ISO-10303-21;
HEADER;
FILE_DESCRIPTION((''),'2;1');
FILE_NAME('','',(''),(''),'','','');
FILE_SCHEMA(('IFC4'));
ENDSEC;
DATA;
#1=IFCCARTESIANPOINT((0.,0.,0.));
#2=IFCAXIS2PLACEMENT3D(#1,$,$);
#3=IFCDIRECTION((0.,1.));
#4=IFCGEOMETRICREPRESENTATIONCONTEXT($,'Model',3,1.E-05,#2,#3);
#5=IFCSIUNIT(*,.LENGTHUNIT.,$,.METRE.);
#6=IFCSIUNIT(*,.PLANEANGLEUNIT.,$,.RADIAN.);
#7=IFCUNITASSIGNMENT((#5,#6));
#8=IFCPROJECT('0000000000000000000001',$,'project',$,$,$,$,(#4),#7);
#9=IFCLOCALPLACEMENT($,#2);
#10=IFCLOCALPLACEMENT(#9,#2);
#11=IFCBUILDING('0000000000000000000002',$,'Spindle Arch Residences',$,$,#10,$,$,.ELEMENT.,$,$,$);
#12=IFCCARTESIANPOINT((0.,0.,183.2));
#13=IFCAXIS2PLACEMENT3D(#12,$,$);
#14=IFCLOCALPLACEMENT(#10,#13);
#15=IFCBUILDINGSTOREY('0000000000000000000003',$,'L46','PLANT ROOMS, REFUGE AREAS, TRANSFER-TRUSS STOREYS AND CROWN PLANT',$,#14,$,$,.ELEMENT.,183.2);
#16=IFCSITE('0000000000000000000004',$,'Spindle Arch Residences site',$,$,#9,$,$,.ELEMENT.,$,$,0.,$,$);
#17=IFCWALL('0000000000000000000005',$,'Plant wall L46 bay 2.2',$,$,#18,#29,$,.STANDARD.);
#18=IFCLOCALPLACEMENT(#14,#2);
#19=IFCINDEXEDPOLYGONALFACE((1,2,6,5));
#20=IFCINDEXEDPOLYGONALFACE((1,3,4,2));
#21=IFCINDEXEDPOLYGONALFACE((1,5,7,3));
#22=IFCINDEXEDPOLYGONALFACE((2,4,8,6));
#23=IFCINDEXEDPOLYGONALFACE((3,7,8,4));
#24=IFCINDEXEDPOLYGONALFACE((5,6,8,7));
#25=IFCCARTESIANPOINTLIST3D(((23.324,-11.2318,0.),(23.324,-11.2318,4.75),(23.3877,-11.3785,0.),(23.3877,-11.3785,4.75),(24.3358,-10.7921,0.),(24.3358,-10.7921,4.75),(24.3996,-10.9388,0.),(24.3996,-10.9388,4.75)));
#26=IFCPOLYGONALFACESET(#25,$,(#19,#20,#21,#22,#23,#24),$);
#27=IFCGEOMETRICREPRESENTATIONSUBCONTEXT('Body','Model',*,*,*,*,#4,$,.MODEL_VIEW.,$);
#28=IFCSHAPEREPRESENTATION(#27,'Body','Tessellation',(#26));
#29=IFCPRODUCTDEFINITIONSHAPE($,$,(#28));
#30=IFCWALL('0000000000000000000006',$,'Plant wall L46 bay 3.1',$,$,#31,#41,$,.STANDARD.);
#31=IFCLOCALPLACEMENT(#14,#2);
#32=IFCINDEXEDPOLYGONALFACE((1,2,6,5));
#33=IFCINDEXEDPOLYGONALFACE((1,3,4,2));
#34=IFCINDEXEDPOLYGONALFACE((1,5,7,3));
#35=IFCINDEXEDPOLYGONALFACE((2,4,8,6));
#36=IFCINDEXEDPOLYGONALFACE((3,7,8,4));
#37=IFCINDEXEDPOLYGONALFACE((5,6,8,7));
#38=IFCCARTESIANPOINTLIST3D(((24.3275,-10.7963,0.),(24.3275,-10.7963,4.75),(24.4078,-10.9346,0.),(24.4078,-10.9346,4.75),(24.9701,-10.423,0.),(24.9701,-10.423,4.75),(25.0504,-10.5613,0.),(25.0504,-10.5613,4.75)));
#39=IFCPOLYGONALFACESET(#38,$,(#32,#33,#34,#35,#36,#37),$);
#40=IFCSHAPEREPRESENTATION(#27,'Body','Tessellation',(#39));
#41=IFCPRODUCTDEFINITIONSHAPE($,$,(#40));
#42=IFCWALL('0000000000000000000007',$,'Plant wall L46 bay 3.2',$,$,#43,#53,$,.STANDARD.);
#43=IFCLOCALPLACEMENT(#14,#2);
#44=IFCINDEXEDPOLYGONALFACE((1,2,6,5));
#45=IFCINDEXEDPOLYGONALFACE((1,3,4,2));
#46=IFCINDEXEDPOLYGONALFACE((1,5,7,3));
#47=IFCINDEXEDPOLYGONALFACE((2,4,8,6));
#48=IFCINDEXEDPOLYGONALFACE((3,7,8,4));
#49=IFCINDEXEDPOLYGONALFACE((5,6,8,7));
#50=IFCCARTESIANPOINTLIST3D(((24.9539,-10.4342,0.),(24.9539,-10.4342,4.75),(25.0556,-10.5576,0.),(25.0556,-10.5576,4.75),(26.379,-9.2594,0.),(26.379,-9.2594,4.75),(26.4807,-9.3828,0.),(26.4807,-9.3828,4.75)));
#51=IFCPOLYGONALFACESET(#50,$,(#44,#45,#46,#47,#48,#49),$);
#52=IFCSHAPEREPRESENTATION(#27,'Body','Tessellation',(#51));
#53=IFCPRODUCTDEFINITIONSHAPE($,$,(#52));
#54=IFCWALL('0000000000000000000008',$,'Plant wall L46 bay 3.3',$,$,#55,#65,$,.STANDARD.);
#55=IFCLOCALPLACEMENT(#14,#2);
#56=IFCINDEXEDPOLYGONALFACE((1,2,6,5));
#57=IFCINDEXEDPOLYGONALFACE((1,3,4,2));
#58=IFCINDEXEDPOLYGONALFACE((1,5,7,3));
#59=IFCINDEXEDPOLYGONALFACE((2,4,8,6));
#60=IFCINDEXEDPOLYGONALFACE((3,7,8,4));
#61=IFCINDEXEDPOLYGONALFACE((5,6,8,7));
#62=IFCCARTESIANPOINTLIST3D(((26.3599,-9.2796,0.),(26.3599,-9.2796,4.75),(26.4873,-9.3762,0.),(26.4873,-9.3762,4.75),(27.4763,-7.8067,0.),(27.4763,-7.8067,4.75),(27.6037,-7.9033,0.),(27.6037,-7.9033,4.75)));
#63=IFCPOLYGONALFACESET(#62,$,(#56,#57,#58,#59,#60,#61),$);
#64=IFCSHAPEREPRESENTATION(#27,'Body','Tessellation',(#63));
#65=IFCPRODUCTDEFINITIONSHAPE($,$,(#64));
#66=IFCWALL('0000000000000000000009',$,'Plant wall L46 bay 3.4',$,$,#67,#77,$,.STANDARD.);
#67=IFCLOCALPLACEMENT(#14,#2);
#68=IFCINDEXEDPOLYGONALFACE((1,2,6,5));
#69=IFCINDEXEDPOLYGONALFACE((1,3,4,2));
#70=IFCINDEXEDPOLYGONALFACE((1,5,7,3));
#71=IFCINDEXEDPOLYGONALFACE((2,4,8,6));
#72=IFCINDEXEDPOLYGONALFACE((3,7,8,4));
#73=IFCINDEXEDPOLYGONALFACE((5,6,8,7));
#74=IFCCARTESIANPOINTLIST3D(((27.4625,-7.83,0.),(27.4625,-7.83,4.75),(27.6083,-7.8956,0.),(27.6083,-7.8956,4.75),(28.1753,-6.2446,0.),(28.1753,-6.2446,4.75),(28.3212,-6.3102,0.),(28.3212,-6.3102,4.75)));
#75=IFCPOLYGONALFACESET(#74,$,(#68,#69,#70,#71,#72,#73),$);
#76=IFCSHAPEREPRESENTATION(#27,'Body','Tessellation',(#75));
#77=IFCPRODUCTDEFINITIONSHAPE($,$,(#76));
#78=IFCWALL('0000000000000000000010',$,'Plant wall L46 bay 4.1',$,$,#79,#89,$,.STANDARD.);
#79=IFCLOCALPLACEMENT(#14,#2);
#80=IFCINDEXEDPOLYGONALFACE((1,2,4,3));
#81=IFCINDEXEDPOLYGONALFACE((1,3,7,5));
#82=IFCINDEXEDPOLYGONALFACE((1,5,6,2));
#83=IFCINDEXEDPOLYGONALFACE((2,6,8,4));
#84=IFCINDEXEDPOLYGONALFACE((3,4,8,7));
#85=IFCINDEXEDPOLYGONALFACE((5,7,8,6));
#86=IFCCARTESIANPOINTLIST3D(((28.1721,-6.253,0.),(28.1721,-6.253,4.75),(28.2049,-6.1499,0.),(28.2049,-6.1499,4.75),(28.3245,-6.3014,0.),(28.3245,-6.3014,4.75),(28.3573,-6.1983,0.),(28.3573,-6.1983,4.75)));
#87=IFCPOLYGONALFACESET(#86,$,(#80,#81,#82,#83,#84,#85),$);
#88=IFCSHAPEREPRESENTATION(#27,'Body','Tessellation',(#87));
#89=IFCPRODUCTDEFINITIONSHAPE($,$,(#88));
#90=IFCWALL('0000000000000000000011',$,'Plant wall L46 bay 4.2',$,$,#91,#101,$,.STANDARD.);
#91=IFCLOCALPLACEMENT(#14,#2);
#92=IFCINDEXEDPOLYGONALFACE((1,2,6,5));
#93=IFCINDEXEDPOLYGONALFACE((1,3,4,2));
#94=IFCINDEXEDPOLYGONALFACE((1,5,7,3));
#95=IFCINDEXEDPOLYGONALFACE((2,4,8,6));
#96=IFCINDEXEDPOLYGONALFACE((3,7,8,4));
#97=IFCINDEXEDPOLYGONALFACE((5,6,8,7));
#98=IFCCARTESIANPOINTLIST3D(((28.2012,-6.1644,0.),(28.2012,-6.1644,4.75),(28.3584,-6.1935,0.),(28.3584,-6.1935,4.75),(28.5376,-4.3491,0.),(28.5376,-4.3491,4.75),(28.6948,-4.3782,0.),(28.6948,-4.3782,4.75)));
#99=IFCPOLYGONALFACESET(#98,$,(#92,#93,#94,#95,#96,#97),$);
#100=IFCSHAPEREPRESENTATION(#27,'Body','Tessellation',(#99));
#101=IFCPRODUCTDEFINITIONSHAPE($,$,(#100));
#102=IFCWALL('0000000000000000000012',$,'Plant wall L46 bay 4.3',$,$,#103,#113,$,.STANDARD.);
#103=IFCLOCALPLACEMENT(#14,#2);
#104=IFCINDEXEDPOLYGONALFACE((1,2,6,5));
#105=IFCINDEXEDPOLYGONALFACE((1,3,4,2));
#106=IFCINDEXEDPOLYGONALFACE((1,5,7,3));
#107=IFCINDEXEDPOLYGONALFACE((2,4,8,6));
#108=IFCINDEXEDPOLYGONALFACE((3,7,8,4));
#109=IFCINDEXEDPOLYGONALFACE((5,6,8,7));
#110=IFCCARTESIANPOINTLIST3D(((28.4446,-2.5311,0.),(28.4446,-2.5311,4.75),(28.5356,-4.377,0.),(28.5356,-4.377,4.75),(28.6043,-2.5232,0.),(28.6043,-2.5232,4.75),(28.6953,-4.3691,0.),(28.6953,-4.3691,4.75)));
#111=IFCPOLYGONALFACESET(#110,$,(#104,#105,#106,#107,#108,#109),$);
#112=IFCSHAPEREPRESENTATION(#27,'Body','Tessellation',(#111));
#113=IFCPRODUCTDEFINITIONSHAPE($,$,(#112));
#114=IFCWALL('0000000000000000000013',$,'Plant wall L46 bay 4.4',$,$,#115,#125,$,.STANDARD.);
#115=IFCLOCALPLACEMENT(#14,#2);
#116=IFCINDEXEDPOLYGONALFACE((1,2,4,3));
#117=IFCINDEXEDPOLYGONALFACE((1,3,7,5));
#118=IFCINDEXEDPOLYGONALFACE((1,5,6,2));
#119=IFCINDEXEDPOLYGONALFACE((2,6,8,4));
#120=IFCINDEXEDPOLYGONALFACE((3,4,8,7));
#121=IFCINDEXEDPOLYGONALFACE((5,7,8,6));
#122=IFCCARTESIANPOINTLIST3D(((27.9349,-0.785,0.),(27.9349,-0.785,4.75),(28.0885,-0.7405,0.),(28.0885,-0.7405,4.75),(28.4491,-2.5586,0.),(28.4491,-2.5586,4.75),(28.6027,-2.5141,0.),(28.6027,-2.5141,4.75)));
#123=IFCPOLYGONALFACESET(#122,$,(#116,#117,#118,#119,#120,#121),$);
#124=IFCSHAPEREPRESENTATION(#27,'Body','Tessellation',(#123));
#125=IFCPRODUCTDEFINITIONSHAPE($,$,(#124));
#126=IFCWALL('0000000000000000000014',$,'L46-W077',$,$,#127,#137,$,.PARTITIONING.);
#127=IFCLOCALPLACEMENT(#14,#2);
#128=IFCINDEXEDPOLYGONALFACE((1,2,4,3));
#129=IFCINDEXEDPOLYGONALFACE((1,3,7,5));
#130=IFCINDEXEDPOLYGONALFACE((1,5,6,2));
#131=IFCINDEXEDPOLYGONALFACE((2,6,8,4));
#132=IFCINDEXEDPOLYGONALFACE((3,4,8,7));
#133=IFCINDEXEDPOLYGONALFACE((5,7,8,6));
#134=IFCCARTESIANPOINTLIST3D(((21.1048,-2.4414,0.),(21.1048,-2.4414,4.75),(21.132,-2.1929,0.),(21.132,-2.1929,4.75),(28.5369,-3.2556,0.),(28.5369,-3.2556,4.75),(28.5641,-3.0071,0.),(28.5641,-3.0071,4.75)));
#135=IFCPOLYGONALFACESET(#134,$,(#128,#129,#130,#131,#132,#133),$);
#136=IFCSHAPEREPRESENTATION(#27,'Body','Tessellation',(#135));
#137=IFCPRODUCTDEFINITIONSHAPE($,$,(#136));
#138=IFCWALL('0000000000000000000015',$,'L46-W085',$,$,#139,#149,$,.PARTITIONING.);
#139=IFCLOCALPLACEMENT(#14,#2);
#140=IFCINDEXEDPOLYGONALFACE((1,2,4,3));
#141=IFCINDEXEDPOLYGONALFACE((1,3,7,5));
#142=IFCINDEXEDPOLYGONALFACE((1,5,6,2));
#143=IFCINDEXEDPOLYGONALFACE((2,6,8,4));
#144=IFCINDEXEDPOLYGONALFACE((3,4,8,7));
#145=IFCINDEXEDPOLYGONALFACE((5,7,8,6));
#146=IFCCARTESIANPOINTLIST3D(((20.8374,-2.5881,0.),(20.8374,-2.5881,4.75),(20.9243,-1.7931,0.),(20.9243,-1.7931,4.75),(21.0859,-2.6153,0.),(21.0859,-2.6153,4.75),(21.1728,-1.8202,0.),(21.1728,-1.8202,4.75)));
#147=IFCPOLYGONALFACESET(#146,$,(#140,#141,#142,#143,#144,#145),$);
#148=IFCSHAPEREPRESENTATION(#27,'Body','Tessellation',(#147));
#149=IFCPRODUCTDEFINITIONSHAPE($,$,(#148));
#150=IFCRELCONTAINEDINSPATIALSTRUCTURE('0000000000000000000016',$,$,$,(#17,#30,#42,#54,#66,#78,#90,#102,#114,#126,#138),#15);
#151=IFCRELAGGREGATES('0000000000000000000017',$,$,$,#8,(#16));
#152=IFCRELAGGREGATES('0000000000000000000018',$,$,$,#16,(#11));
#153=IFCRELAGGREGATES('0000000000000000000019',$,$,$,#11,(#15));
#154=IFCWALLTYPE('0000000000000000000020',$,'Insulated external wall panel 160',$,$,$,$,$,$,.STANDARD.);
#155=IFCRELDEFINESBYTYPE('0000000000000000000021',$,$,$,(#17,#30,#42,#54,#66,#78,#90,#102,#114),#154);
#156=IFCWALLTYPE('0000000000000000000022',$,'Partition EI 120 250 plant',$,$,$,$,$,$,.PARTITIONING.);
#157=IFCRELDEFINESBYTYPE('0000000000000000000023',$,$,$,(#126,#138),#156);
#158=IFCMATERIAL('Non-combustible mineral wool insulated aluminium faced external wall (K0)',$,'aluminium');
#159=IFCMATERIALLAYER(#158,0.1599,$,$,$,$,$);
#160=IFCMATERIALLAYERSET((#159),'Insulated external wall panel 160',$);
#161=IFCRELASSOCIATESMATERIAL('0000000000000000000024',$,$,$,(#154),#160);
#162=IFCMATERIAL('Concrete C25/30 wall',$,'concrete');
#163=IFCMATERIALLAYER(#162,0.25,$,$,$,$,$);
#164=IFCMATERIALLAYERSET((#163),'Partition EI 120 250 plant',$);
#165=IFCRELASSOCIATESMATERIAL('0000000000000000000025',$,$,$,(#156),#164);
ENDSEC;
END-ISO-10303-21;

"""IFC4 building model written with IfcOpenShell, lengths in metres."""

from ifc_helpers import new_model, si_unit, direction, frame, frame_2d, origin, place, context, subcontext, project, spatial, rectangle, extrude, material, layer, layer_set, type_object, element, save


model = new_model("IFC4")

# Units and contexts
model_context = context("Model", 3, precision=1e-05, world=origin(), true_north=direction((0.0, 1.0)))
body_context = subcontext(model_context, "Body", "Model", "MODEL_VIEW")
ifc_project = project(units=[si_unit("LENGTHUNIT", "METRE"), si_unit("PLANEANGLEUNIT", "RADIAN")], contexts=[model_context])

# Site, building, storey
site_placement = place(None, origin())
site = spatial("IfcSite", under=ifc_project, at=site_placement, Name="Spindle Arch Residences site", CompositionType="ELEMENT", RefElevation=0.0)
building_placement = place(site_placement, origin())
building = spatial("IfcBuilding", under=site, at=building_placement, Name="Spindle Arch Residences", CompositionType="ELEMENT")
storey_placement = place(building_placement, frame((0.0, 0.0, 183.2)))
storey = spatial("IfcBuildingStorey", under=building, at=storey_placement, Name="L46", Description="PLANT ROOMS, REFUGE AREAS, TRANSFER-TRUSS STOREYS AND CROWN PLANT", CompositionType="ELEMENT", Elevation=183.2)

# Walls
ifc_material_1 = material(Name="Non-combustible mineral wool insulated aluminium faced external wall (K0)", Category="aluminium")
ifc_layer_1 = layer(ifc_material_1, 0.1599)
ifc_layer_set_1 = layer_set([ifc_layer_1], Name="Insulated external wall panel 160")
wall_type_1 = type_object("IfcWallType", Name="Insulated external wall panel 160", PredefinedType="STANDARD", material=ifc_layer_set_1)
wall_1_placement = place(storey_placement, frame((23.3557, -11.3052, 0.0), z_axis=(0.0, 0.0, 1.0), x_axis=(0.917165, 0.398508, 0.0)))
element("IfcWall", 1, at=wall_1_placement, inside=storey, type_object=wall_type_1, Name="Plant wall L46 bay 2.2", PredefinedType="STANDARD", context=body_context, shape_type="SweptSolid", body=[
    extrude(rectangle(XDim=1.1033, YDim=0.1599, at=frame_2d((0.5518, 0.0))), origin(), (0.0, 0.0, 1.0), 4.75),
])
wall_2_placement = place(storey_placement, frame((24.3677, -10.8655, 0.0), z_axis=(0.0, 0.0, 1.0), x_axis=(0.864683, 0.502318, 0.0)))
element("IfcWall", 2, at=wall_2_placement, inside=storey, type_object=wall_type_1, Name="Plant wall L46 bay 3.1", PredefinedType="STANDARD", context=body_context, shape_type="SweptSolid", body=[
    extrude(rectangle(XDim=0.7432, YDim=0.1599, at=frame_2d((0.3716, 0.0))), origin(), (0.0, 0.0, 1.0), 4.75),
])
wall_3_placement = place(storey_placement, frame((25.0049, -10.4958, 0.0), z_axis=(0.0, 0.0, 1.0), x_axis=(0.771602, 0.636106, 0.0)))
element("IfcWall", 3, at=wall_3_placement, inside=storey, type_object=wall_type_1, Name="Plant wall L46 bay 3.2", PredefinedType="STANDARD", context=body_context, shape_type="SweptSolid", body=[
    extrude(rectangle(XDim=1.8469, YDim=0.1599, at=frame_2d((0.9233, 0.0))), origin(), (0.0, 0.0, 1.0), 4.75),
])
wall_4_placement = place(storey_placement, frame((26.4236, -9.3279, 0.0), z_axis=(0.0, 0.0, 1.0), x_axis=(0.604071, 0.79693, 0.0)))
element("IfcWall", 4, at=wall_4_placement, inside=storey, type_object=wall_type_1, Name="Plant wall L46 bay 3.3", PredefinedType="STANDARD", context=body_context, shape_type="SweptSolid", body=[
    extrude(rectangle(XDim=1.8481, YDim=0.1599, at=frame_2d((0.9241, 0.0))), origin(), (0.0, 0.0, 1.0), 4.75),
])
wall_5_placement = place(storey_placement, frame((27.5354, -7.8628, 0.0), z_axis=(0.0, 0.0, 1.0), x_axis=(0.410096, 0.912042, 0.0)))
element("IfcWall", 5, at=wall_5_placement, inside=storey, type_object=wall_type_1, Name="Plant wall L46 bay 3.4", PredefinedType="STANDARD", context=body_context, shape_type="SweptSolid", body=[
    extrude(rectangle(XDim=1.7383, YDim=0.1599, at=frame_2d((0.8691, 0.0))), origin(), (0.0, 0.0, 1.0), 4.75),
])
wall_6_placement = place(storey_placement, frame((28.2483, -6.2773, 0.0), z_axis=(0.0, 0.0, 1.0), x_axis=(0.302644, 0.953104, 0.0)))
element("IfcWall", 6, at=wall_6_placement, inside=storey, type_object=wall_type_1, Name="Plant wall L46 bay 4.1", PredefinedType="STANDARD", context=body_context, shape_type="SweptSolid", body=[
    extrude(rectangle(XDim=0.1082, YDim=0.1599, at=frame_2d((0.0542, 0.0))), origin(), (0.0, 0.0, 1.0), 4.75),
])
wall_7_placement = place(storey_placement, frame((28.2798, -6.179, 0.0), z_axis=(0.0, 0.0, 1.0), x_axis=(0.182236, 0.983255, 0.0)))
element("IfcWall", 7, at=wall_7_placement, inside=storey, type_object=wall_type_1, Name="Plant wall L46 bay 4.2", PredefinedType="STANDARD", context=body_context, shape_type="SweptSolid", body=[
    extrude(rectangle(XDim=1.8462, YDim=0.1599, at=frame_2d((0.9231, 0.0))), origin(), (0.0, 0.0, 1.0), 4.75),
])
wall_8_placement = place(storey_placement, frame((28.6155, -4.373, 0.0), z_axis=(0.0, 0.0, 1.0), x_axis=(-0.049272, 0.998785, 0.0)))
element("IfcWall", 8, at=wall_8_placement, inside=storey, type_object=wall_type_1, Name="Plant wall L46 bay 4.3", PredefinedType="STANDARD", context=body_context, shape_type="SweptSolid", body=[
    extrude(rectangle(XDim=1.8481, YDim=0.1599, at=frame_2d((0.9241, 0.0))), origin(), (0.0, 0.0, 1.0), 4.75),
])
wall_9_placement = place(storey_placement, frame((28.5259, -2.5364, 0.0), z_axis=(0.0, 0.0, 1.0), x_axis=(-0.278421, 0.960459, 0.0)))
element("IfcWall", 9, at=wall_9_placement, inside=storey, type_object=wall_type_1, Name="Plant wall L46 bay 4.4", PredefinedType="STANDARD", context=body_context, shape_type="SweptSolid", body=[
    extrude(rectangle(XDim=1.8467, YDim=0.1599, at=frame_2d((0.9233, 0.0))), origin(), (0.0, 0.0, 1.0), 4.75),
])
ifc_material_2 = material(Name="Concrete C25/30 wall", Category="concrete")
ifc_layer_2 = layer(ifc_material_2, 0.25)
ifc_layer_set_2 = layer_set([ifc_layer_2], Name="Partition EI 120 250 plant")
wall_type_2 = type_object("IfcWallType", Name="Partition EI 120 250 plant", PredefinedType="PARTITIONING", material=ifc_layer_set_2)
wall_10_placement = place(storey_placement, frame((21.1184, -2.3171, 0.0), z_axis=(0.0, 0.0, 1.0), x_axis=(0.994053, -0.108901, 0.0)))
element("IfcWall", 10, at=wall_10_placement, inside=storey, type_object=wall_type_2, Name="L46-W077", PredefinedType="PARTITIONING", context=body_context, shape_type="SweptSolid", body=[
    extrude(rectangle(XDim=7.4766, YDim=0.25, at=frame_2d((3.7383, 0.0))), origin(), (0.0, 0.0, 1.0), 4.75),
])
wall_11_placement = place(storey_placement, frame((21.0486, -1.8066, 0.0), z_axis=(0.0, 0.0, 1.0), x_axis=(-0.108656, -0.994079, 0.0)))
element("IfcWall", 11, at=wall_11_placement, inside=storey, type_object=wall_type_2, Name="L46-W085", PredefinedType="PARTITIONING", context=body_context, shape_type="SweptSolid", body=[
    extrude(rectangle(XDim=0.7998, YDim=0.25, at=frame_2d((0.3999, 0.0))), origin(), (0.0, 0.0, 1.0), 4.75),
])

save(model, "model.ifc")
